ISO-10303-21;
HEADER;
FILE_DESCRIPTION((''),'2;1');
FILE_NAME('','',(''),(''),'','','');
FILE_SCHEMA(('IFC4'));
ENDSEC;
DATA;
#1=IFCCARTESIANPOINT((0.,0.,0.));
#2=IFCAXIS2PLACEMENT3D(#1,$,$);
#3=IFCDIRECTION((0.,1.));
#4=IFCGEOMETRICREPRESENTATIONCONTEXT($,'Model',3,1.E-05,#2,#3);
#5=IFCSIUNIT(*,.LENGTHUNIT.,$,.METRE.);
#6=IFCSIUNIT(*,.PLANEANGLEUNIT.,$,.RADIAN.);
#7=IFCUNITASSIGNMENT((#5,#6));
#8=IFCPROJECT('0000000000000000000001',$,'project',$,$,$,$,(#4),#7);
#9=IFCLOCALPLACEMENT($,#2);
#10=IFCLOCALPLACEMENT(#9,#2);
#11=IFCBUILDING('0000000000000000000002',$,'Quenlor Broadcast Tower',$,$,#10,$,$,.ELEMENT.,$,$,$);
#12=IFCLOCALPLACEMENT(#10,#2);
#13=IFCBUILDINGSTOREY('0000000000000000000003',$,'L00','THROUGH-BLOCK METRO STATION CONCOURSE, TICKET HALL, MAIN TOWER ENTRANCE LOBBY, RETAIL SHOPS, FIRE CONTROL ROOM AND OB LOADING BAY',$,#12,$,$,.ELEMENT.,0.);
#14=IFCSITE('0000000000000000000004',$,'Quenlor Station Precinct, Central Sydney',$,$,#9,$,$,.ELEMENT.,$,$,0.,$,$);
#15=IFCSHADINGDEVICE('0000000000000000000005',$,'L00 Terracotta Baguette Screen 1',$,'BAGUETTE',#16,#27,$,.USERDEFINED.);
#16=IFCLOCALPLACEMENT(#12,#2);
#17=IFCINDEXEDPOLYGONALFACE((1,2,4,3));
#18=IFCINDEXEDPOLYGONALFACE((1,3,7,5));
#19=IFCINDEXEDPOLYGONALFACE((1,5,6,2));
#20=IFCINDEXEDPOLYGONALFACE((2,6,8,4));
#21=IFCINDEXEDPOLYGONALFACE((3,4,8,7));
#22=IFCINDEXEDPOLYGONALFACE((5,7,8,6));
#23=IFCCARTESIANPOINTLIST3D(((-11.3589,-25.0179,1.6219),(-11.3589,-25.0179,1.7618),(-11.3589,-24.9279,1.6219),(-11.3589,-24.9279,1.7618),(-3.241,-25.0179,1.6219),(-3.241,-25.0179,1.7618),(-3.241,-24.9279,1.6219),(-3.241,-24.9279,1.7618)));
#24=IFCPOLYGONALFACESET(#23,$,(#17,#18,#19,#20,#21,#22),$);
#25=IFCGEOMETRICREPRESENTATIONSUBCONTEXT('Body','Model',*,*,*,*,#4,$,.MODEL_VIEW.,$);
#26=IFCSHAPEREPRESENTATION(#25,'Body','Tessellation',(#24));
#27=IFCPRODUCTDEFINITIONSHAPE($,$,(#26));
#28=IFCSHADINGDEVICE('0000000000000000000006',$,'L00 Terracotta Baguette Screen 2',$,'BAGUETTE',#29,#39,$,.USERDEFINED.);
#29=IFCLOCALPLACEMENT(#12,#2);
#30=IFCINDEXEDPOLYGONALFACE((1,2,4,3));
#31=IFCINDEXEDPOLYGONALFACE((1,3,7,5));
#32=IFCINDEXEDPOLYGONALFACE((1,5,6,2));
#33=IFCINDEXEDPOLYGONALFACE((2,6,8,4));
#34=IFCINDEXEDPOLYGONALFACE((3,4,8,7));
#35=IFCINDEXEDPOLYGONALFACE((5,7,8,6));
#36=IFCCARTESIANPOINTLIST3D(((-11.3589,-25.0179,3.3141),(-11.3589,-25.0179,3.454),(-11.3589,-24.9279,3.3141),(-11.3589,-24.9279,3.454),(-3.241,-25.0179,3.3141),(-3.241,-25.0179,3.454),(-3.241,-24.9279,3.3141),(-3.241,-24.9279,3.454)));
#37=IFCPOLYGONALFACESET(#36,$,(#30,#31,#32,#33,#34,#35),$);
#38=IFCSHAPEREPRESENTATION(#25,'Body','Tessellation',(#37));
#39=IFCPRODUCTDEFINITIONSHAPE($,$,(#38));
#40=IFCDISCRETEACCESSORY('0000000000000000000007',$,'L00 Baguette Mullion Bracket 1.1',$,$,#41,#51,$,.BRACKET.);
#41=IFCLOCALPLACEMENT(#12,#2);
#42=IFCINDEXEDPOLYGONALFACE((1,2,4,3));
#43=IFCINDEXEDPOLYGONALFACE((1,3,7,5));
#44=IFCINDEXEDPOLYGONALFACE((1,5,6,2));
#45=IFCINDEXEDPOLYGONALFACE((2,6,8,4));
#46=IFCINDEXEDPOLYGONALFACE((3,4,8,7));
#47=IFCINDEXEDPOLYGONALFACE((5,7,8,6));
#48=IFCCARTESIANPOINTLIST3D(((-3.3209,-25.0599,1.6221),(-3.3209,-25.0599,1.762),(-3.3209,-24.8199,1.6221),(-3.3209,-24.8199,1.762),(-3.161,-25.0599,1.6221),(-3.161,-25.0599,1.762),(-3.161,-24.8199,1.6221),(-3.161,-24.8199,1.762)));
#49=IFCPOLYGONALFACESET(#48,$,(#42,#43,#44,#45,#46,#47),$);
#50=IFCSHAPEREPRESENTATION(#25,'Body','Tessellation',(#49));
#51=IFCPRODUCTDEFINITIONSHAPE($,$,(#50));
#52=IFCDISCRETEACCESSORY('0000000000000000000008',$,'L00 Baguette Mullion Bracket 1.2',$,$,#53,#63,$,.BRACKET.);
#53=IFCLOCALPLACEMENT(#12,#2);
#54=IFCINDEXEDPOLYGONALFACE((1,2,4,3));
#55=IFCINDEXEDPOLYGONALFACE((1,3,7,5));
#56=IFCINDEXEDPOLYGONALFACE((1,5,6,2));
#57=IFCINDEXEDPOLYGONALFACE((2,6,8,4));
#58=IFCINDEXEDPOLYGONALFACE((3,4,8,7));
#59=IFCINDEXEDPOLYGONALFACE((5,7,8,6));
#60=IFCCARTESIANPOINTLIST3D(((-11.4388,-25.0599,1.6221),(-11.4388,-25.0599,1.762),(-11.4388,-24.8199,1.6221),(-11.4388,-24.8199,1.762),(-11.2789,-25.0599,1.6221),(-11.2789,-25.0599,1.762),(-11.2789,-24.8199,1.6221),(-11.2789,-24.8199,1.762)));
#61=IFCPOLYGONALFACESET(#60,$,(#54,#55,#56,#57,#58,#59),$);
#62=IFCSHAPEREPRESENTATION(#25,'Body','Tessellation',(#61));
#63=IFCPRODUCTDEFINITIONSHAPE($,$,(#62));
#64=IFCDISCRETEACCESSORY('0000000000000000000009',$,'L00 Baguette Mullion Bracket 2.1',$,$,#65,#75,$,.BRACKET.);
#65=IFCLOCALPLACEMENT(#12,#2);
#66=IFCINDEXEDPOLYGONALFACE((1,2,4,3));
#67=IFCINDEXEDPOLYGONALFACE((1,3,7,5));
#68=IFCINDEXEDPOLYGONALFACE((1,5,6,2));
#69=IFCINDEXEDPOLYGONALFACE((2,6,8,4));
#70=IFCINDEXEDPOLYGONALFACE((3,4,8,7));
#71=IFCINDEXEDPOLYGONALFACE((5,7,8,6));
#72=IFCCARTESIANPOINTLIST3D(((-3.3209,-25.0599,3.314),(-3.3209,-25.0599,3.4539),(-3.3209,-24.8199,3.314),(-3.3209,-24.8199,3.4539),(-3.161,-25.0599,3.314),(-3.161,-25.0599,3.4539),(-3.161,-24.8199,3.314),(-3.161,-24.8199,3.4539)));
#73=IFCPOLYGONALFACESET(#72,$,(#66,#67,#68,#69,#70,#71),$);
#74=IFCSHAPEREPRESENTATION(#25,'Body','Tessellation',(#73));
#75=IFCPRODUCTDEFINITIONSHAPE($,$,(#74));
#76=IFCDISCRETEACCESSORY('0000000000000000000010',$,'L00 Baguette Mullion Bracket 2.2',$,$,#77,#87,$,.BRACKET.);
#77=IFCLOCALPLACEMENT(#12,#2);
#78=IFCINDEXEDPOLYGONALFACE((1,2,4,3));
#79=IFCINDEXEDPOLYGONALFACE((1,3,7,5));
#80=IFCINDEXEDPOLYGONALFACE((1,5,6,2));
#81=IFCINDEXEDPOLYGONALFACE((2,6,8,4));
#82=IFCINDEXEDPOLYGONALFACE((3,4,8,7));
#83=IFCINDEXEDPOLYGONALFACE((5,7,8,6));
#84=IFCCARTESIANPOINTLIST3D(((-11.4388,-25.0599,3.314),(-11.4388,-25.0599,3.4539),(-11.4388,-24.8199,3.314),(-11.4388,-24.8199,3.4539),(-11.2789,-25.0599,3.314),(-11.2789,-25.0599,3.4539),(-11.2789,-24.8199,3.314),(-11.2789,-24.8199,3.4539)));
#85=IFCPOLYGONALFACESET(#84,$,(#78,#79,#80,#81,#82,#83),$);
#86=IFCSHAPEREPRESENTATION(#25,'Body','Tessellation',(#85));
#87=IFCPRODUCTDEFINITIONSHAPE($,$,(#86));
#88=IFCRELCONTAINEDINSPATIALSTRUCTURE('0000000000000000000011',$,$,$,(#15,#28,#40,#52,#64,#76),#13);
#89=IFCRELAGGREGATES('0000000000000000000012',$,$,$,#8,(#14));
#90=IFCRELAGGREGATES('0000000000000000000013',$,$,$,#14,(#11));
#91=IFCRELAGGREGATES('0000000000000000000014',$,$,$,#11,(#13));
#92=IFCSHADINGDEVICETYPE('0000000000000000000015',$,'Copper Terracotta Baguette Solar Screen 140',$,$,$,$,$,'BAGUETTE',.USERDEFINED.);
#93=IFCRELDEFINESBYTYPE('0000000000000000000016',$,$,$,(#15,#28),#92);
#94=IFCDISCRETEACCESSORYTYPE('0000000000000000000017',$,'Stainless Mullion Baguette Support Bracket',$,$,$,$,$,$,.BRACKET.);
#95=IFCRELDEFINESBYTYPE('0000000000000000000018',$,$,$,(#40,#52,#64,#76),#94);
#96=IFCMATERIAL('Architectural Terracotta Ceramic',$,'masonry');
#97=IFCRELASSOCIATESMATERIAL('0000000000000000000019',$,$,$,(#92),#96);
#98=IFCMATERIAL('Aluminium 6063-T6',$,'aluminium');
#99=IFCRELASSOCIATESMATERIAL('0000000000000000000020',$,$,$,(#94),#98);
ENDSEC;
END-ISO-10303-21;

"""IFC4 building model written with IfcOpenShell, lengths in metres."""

from ifc_helpers import new_model, si_unit, direction, frame, origin, origin_2d, place, context, subcontext, project, spatial, rectangle, extrude, material, material_profile, profile_set, type_object, element, save


model = new_model("IFC4")

# Units and contexts
model_context = context("Model", 3, precision=1e-05, world=origin(), true_north=direction((0.0, 1.0)))
body_context = subcontext(model_context, "Body", "Model", "MODEL_VIEW")
ifc_project = project(units=[si_unit("LENGTHUNIT", "METRE"), si_unit("PLANEANGLEUNIT", "RADIAN")], contexts=[model_context])

# Site, building, storey
site_placement = place(None, origin())
site = spatial("IfcSite", under=ifc_project, at=site_placement, Name="Quenlor Station Precinct, Central Sydney", CompositionType="ELEMENT", RefElevation=0.0)
building_placement = place(site_placement, origin())
building = spatial("IfcBuilding", under=site, at=building_placement, Name="Quenlor Broadcast Tower", CompositionType="ELEMENT")
storey_placement = place(building_placement, origin())
storey = spatial("IfcBuildingStorey", under=building, at=storey_placement, Name="L00", Description="THROUGH-BLOCK METRO STATION CONCOURSE, TICKET HALL, MAIN TOWER ENTRANCE LOBBY, RETAIL SHOPS, FIRE CONTROL ROOM AND OB LOADING BAY", CompositionType="ELEMENT", Elevation=0.0)

# Shading devices
ifc_material_1 = material(Name="Architectural Terracotta Ceramic", Category="masonry")
ifc_material_profile_1 = material_profile(ifc_material_1, rectangle(XDim=0.0901, YDim=0.1399, at=origin_2d()))
ifc_profile_set_1 = profile_set([ifc_material_profile_1], Name="Architectural Terracotta Ceramic BAG90x140")
shading_device_type = type_object("IfcShadingDeviceType", Name="Copper Terracotta Baguette Solar Screen 140", ElementType="BAGUETTE", PredefinedType="USERDEFINED", material=ifc_profile_set_1)
for number, where, z_axis, x_axis, name in (
    (1, (-3.241, -24.9729, 1.6919), (-1.0, 0.0, 0.0), (0.0, -1.0, 0.0), "L00 Terracotta Baguette Screen 1"),
    (2, (-3.241, -24.9729, 3.384), (-1.0, 0.0, 0.0), (0.0, -1.0, 0.0), "L00 Terracotta Baguette Screen 2"),
):
    element("IfcShadingDevice", number, at=place(storey_placement, frame(where, z_axis=z_axis, x_axis=x_axis)), inside=storey, type_object=shading_device_type, Name=name, ObjectType="BAGUETTE", PredefinedType="USERDEFINED", context=body_context, shape_type="SweptSolid", body=[
        extrude(rectangle(XDim=0.0901, YDim=0.1399, at=origin_2d()), origin(), (0.0, 0.0, 1.0), 8.1179),
    ])

# Discrete accessories
ifc_material_2 = material(Name="Aluminium 6063-T6", Category="aluminium")
discrete_accessory_type = type_object("IfcDiscreteAccessoryType", Name="Stainless Mullion Baguette Support Bracket", PredefinedType="BRACKET", material=ifc_material_2)
for number, where, z_axis, x_axis, name in (
    (3, (-3.241, -24.9399, 1.6221), (0.0, 0.0, 1.0), (-1.0, 0.0, 0.0), "L00 Baguette Mullion Bracket 1.1"),
    (4, (-11.3589, -24.9399, 1.6221), (0.0, 0.0, 1.0), (-1.0, 0.0, 0.0), "L00 Baguette Mullion Bracket 1.2"),
    (5, (-3.241, -24.9399, 3.314), (0.0, 0.0, 1.0), (-1.0, 0.0, 0.0), "L00 Baguette Mullion Bracket 2.1"),
    (6, (-11.3589, -24.9399, 3.314), (0.0, 0.0, 1.0), (-1.0, 0.0, 0.0), "L00 Baguette Mullion Bracket 2.2"),
):
    element("IfcDiscreteAccessory", number, at=place(storey_placement, frame(where, z_axis=z_axis, x_axis=x_axis)), inside=storey, type_object=discrete_accessory_type, Name=name, PredefinedType="BRACKET", context=body_context, shape_type="SweptSolid", body=[
        extrude(rectangle(XDim=0.1599, YDim=0.24, at=origin_2d()), origin(), (0.0, 0.0, 1.0), 0.1399),
    ])

save(model, "model.ifc")
